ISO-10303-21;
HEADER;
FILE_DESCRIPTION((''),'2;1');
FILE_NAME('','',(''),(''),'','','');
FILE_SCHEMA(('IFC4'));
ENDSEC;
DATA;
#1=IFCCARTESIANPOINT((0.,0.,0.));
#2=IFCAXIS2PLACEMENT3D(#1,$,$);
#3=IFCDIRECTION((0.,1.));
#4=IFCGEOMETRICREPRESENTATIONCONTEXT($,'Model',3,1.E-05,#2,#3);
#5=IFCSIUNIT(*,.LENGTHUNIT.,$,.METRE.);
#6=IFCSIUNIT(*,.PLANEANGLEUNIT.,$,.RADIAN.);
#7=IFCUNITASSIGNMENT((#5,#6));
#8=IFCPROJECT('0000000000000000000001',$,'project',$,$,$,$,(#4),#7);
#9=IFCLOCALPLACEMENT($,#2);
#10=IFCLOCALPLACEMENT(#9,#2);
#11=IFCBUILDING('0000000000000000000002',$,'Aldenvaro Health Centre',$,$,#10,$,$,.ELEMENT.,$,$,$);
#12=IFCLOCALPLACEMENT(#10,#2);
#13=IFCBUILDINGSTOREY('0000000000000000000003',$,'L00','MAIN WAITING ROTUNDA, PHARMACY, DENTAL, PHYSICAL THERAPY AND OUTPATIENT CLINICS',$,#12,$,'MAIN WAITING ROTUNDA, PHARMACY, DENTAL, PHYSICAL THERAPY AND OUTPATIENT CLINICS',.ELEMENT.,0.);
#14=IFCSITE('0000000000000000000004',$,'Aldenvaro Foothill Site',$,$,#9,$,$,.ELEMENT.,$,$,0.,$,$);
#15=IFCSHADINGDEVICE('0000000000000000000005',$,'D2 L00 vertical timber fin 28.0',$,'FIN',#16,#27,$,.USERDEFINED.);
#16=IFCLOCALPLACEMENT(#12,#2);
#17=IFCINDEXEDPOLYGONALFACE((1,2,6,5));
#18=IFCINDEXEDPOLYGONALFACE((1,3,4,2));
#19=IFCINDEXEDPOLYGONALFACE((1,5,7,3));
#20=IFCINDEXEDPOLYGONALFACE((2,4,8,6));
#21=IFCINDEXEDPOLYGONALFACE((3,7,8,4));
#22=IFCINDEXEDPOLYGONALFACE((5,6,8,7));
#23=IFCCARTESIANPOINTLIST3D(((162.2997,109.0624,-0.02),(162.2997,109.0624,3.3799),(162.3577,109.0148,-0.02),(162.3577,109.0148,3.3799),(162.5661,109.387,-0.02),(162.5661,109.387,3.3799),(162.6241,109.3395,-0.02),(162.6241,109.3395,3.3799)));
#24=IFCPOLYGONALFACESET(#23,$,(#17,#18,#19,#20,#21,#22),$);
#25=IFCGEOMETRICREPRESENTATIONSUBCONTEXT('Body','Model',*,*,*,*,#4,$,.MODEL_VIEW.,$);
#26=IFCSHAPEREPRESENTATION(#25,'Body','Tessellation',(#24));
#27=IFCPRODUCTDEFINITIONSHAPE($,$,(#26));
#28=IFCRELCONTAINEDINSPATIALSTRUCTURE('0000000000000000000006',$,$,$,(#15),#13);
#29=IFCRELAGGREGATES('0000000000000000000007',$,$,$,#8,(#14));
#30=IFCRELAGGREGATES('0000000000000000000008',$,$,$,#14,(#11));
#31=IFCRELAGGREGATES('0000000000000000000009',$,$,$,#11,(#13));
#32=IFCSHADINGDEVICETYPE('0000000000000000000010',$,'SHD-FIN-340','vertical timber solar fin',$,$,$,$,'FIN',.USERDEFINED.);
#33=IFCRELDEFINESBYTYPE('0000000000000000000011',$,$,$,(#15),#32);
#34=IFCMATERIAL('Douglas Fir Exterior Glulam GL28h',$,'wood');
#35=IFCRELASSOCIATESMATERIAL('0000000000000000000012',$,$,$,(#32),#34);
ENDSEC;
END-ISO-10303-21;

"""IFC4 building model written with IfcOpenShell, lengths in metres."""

from ifc_helpers import new_model, si_unit, direction, frame, origin, origin_2d, place, context, subcontext, project, spatial, rectangle, extrude, material, type_object, element, save


model = new_model("IFC4")

# Units and contexts
model_context = context("Model", 3, precision=1e-05, world=origin(), true_north=direction((0.0, 1.0)))
body_context = subcontext(model_context, "Body", "Model", "MODEL_VIEW")
ifc_project = project(units=[si_unit("LENGTHUNIT", "METRE"), si_unit("PLANEANGLEUNIT", "RADIAN")], contexts=[model_context])

# Site, building, storey
site_placement = place(None, origin())
site = spatial("IfcSite", under=ifc_project, at=site_placement, Name="Aldenvaro Foothill Site", CompositionType="ELEMENT", RefElevation=0.0)
building_placement = place(site_placement, origin())
building = spatial("IfcBuilding", under=site, at=building_placement, Name="Aldenvaro Health Centre", CompositionType="ELEMENT")
storey_placement = place(building_placement, origin())
storey = spatial("IfcBuildingStorey", under=building, at=storey_placement, Name="L00", Description="MAIN WAITING ROTUNDA, PHARMACY, DENTAL, PHYSICAL THERAPY AND OUTPATIENT CLINICS", LongName="MAIN WAITING ROTUNDA, PHARMACY, DENTAL, PHYSICAL THERAPY AND OUTPATIENT CLINICS", CompositionType="ELEMENT", Elevation=0.0)

# Shading device
ifc_material_1 = material(Name="Douglas Fir Exterior Glulam GL28h", Category="wood")
shading_device_type_1 = type_object("IfcShadingDeviceType", Name="SHD-FIN-340", Description="vertical timber solar fin", ElementType="FIN", PredefinedType="USERDEFINED", material=ifc_material_1)
shading_device_1_placement = place(storey_placement, frame((162.4619, 109.2009, -0.02), z_axis=(0.0, 0.0, 1.0), x_axis=(0.773022, -0.63438, 0.0)))
element("IfcShadingDevice", 1, at=shading_device_1_placement, inside=storey, type_object=shading_device_type_1, Name="D2 L00 vertical timber fin 28.0", ObjectType="FIN", PredefinedType="USERDEFINED", context=body_context, shape_type="SweptSolid", body=[
    extrude(rectangle(XDim=0.075, YDim=0.4199, at=origin_2d()), origin(), (0.0, 0.0, 1.0), 3.3999),
])

save(model, "model.ifc")
